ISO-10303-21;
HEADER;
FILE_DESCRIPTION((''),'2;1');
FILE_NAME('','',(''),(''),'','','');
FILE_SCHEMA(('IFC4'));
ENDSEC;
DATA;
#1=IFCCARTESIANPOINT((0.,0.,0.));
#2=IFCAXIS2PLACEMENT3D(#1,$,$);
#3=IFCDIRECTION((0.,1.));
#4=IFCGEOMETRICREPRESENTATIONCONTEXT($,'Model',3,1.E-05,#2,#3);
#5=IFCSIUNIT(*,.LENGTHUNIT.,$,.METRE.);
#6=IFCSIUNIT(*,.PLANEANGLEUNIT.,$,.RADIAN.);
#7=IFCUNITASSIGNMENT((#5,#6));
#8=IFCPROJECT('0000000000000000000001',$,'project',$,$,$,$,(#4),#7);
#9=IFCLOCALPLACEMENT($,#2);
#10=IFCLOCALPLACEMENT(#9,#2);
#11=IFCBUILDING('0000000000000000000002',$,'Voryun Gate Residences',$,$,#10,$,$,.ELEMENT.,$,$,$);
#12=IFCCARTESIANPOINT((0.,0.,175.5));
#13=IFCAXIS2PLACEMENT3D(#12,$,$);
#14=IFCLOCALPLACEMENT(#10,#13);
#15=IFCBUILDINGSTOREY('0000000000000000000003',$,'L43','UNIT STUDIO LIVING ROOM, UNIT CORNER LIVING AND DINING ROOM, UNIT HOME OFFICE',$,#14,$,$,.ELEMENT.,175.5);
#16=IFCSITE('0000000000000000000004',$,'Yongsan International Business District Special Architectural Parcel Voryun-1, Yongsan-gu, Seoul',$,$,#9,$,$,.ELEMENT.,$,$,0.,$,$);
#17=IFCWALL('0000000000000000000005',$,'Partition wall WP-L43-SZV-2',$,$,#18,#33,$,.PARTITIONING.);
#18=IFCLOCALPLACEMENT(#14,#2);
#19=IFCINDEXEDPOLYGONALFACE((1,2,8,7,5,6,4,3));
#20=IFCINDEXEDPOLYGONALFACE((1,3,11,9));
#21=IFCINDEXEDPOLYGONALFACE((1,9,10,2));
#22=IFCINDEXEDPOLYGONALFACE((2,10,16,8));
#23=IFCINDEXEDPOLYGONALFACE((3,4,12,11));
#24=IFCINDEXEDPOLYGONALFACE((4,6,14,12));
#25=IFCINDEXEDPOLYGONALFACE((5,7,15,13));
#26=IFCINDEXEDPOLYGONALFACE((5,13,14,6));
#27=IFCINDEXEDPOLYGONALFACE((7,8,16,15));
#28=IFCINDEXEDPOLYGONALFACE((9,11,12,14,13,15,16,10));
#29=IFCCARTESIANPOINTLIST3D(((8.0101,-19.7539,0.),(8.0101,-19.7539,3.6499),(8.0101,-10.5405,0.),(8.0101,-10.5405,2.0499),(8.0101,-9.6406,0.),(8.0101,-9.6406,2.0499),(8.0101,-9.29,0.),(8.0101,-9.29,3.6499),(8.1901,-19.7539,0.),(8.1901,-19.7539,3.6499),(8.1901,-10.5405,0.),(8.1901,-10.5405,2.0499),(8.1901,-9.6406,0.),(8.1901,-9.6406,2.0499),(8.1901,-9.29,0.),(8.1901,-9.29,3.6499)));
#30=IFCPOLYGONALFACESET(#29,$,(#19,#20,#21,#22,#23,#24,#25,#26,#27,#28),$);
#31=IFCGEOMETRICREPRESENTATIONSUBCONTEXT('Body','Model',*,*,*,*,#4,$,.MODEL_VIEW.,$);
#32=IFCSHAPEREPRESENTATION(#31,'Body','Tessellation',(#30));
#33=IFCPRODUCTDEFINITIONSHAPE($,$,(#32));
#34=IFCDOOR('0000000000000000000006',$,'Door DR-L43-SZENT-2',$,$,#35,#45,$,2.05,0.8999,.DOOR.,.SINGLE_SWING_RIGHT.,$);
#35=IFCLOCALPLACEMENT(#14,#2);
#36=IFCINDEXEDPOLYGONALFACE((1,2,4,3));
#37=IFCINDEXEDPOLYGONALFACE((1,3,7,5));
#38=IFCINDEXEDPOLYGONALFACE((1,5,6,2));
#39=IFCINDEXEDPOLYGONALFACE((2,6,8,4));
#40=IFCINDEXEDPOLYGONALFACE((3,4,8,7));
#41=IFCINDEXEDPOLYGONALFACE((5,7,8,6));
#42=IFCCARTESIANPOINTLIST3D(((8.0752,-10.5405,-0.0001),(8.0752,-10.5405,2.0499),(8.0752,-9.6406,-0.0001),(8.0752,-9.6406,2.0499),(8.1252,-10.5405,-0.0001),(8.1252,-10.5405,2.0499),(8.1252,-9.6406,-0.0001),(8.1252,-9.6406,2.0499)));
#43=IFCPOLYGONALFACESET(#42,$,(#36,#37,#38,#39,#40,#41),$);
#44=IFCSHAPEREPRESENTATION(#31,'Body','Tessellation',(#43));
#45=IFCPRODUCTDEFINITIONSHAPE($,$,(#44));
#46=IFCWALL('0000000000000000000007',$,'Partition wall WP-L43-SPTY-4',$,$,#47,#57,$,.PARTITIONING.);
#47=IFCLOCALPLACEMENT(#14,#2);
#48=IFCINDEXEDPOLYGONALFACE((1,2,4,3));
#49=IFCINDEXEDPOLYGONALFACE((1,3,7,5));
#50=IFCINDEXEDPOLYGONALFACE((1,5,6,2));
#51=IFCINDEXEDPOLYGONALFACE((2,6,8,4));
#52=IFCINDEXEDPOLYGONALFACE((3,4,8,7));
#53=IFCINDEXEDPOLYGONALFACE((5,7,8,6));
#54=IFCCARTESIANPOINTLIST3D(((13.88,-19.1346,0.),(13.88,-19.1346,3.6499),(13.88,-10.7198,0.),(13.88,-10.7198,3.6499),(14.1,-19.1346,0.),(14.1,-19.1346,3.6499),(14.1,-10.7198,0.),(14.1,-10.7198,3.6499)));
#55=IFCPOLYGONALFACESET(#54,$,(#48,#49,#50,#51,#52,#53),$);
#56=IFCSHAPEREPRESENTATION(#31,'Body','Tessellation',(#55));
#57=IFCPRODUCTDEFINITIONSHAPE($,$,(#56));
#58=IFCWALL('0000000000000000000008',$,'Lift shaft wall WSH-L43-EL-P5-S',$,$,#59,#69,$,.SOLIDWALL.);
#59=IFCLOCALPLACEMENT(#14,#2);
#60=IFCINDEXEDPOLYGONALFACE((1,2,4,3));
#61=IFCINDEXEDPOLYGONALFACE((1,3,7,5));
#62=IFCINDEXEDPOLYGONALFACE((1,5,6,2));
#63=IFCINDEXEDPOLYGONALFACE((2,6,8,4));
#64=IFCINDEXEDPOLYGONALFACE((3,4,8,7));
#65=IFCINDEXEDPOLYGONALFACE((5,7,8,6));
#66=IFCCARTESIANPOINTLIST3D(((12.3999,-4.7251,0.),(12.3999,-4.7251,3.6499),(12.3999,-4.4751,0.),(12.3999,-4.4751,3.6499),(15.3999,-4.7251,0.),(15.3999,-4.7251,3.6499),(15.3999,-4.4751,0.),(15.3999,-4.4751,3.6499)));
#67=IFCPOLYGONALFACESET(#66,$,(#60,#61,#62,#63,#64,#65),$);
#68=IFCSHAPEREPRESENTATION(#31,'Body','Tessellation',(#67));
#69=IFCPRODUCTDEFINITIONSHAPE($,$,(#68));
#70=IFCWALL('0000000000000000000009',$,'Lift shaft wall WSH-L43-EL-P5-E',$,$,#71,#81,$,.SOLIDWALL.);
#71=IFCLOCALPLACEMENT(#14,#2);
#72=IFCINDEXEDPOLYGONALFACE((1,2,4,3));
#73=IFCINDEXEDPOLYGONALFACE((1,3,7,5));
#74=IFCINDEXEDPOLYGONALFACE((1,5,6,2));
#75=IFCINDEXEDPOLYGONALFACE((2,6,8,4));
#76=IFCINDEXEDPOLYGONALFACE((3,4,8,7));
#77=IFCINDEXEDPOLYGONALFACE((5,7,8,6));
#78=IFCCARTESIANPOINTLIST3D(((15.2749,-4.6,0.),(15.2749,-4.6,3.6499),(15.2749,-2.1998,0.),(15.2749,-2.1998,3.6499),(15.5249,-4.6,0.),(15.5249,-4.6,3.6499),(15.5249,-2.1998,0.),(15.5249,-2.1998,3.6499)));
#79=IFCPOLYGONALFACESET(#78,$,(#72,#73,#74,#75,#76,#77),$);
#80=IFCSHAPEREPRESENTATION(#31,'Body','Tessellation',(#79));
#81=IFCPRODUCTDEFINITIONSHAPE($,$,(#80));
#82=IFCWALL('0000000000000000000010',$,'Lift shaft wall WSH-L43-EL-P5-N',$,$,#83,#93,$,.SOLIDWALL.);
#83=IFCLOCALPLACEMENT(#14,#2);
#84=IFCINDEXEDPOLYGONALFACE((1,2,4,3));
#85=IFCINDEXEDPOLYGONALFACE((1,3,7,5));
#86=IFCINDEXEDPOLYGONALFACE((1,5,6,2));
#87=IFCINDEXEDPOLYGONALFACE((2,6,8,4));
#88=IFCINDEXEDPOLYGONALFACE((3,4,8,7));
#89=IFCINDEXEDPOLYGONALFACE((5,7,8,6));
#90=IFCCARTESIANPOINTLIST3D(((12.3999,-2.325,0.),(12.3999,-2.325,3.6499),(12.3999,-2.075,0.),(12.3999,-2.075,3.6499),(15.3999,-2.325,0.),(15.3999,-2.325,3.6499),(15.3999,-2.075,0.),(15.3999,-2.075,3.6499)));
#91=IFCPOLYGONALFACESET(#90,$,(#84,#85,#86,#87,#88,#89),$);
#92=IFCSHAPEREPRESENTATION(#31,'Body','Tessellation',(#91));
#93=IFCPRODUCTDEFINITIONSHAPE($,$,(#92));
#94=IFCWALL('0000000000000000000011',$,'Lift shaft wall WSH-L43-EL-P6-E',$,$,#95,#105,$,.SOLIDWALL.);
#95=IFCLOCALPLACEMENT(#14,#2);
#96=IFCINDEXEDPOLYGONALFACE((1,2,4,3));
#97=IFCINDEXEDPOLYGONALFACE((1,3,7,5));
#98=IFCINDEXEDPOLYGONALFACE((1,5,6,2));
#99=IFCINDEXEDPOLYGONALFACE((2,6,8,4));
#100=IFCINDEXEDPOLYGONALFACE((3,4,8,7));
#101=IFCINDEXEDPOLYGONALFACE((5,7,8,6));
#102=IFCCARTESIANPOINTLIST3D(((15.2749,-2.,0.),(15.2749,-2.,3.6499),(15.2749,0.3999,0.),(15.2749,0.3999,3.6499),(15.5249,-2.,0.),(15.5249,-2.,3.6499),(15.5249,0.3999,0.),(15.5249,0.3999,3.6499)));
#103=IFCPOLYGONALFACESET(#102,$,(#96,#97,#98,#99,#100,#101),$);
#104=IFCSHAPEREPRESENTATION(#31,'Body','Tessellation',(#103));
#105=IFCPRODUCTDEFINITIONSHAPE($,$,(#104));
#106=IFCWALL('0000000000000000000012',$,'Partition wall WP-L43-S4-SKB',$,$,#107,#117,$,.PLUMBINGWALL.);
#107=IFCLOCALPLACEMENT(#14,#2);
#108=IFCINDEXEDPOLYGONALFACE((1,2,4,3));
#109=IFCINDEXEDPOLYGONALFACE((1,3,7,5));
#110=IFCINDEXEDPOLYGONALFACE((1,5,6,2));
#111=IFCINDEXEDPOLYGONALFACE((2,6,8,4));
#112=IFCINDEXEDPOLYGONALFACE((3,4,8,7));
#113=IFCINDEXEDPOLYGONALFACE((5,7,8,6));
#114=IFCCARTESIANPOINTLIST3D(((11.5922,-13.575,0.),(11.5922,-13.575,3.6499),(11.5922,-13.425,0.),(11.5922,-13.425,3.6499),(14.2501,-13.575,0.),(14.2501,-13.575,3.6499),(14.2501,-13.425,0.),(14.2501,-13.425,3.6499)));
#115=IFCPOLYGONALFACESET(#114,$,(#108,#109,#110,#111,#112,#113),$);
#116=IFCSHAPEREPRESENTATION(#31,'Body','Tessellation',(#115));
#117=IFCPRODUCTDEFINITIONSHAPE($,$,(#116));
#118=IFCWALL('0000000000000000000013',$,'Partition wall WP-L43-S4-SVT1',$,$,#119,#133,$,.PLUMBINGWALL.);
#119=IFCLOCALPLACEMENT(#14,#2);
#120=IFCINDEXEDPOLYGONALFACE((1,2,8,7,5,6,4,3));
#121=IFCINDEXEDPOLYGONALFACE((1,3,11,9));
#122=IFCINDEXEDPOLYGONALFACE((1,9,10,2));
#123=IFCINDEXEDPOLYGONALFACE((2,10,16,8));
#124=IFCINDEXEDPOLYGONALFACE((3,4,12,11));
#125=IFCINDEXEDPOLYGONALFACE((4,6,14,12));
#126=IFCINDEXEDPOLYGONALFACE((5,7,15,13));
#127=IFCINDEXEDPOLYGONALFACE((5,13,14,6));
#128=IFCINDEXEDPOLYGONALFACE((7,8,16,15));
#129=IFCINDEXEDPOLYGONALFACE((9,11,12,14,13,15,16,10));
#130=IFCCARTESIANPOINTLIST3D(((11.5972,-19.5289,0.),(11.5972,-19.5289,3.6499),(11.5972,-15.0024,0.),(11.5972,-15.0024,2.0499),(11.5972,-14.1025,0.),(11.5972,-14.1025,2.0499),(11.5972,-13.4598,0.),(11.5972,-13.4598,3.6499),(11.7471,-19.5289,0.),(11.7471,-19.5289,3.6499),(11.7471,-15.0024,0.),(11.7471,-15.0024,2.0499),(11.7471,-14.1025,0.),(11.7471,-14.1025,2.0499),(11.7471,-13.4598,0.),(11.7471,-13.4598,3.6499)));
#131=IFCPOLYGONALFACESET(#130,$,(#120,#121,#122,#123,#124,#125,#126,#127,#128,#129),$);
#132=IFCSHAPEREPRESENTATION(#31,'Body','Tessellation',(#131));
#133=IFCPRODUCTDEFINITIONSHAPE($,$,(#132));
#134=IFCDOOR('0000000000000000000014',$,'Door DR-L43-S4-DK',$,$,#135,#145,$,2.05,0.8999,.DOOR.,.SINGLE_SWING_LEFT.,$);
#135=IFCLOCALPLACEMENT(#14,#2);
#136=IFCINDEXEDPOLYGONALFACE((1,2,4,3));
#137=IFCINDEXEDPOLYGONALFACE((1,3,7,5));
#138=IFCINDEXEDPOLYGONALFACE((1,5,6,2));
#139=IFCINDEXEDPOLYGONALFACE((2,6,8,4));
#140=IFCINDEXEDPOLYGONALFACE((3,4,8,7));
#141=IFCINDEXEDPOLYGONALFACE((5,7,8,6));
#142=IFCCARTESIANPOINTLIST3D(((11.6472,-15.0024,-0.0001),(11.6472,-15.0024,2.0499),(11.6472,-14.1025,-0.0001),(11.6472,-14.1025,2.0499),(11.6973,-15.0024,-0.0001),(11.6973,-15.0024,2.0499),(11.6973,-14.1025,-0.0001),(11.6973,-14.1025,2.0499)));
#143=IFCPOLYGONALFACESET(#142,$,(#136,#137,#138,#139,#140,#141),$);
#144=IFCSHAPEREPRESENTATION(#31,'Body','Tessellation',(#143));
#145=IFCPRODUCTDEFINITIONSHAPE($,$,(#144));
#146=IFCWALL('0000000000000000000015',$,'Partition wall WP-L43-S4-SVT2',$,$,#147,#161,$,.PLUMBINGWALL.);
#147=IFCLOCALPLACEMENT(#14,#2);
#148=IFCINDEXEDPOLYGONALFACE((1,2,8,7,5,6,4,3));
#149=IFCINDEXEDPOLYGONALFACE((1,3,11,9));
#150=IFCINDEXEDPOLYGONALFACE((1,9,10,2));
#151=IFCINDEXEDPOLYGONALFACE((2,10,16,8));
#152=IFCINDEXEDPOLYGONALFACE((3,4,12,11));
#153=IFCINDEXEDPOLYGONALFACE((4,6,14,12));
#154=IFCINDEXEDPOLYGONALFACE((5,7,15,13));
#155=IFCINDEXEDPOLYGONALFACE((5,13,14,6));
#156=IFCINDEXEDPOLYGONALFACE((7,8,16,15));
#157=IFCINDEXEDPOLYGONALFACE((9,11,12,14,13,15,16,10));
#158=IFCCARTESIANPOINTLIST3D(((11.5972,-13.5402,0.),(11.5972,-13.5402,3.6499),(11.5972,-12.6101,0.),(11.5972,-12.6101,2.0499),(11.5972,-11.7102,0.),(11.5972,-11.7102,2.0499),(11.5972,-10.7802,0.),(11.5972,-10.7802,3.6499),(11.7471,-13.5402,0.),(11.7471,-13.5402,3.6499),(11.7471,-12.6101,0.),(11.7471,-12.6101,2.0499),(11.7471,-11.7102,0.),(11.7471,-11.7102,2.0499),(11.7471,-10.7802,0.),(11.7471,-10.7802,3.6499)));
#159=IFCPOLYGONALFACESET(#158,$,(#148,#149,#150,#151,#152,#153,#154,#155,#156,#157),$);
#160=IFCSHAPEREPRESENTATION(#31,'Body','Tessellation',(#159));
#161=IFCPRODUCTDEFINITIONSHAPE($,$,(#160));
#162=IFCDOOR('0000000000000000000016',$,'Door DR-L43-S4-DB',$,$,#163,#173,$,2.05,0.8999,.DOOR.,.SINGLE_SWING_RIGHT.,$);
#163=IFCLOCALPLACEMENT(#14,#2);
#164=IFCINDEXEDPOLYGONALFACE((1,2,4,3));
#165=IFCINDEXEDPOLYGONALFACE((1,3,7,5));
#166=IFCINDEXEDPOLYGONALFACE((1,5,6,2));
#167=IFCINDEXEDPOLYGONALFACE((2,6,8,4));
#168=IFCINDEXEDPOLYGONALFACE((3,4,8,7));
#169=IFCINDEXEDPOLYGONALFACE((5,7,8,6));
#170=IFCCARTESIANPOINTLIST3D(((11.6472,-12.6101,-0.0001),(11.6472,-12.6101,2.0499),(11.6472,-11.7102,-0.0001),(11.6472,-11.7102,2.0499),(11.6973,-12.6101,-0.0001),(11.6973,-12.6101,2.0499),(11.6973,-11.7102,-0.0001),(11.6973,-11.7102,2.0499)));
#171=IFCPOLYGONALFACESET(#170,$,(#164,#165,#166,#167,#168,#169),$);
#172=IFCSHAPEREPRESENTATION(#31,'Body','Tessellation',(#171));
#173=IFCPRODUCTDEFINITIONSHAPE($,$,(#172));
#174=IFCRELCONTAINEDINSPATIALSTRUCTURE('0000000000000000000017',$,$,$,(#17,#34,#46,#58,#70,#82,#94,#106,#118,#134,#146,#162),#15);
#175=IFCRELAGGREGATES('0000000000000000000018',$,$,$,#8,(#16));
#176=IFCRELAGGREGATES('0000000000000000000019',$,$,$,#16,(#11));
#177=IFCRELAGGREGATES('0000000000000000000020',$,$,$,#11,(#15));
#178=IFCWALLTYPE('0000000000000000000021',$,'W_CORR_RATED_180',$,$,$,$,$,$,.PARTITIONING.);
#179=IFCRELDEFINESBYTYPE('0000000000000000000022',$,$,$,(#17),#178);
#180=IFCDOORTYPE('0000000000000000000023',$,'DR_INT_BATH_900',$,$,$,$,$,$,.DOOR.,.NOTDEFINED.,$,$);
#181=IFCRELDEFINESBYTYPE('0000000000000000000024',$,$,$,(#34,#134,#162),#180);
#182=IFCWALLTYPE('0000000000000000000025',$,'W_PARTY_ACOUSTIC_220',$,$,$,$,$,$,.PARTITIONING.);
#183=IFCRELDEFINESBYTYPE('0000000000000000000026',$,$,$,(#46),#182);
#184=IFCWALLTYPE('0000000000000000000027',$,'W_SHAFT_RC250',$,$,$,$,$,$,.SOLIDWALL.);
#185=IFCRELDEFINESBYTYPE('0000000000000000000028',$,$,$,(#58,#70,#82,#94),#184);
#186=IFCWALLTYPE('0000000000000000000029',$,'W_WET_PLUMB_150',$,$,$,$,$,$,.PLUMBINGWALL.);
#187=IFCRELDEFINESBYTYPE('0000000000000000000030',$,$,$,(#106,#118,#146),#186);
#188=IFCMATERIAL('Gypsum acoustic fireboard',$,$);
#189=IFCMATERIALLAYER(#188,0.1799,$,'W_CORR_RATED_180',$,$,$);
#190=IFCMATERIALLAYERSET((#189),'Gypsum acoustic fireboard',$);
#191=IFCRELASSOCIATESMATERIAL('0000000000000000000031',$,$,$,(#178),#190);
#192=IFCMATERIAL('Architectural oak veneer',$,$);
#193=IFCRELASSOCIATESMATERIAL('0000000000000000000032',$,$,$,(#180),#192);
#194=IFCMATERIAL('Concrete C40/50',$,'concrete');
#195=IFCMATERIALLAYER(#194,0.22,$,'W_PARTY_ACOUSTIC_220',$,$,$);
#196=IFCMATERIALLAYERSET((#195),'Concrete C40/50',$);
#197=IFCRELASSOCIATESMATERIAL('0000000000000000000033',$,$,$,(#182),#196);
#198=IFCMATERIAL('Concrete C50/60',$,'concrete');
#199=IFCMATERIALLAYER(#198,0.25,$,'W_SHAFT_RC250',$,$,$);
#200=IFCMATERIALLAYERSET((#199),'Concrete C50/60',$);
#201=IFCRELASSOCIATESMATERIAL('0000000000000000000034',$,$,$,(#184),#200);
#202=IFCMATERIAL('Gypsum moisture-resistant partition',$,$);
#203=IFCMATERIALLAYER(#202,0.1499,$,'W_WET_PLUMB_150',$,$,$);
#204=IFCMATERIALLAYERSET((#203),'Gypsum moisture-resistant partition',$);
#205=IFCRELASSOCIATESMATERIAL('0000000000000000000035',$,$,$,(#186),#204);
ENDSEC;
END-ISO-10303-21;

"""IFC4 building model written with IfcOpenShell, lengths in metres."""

from ifc_helpers import new_model, si_unit, direction, frame, frame_2d, origin, place, context, subcontext, project, spatial, rectangle, extrude, material, layer, layer_set, type_object, element, fill, save


model = new_model("IFC4")

# Units and contexts
model_context = context("Model", 3, precision=1e-05, world=origin(), true_north=direction((0.0, 1.0)))
body_context = subcontext(model_context, "Body", "Model", "MODEL_VIEW")
ifc_project = project(units=[si_unit("LENGTHUNIT", "METRE"), si_unit("PLANEANGLEUNIT", "RADIAN")], contexts=[model_context])

# Site, building, storey
site_placement = place(None, origin())
site = spatial("IfcSite", under=ifc_project, at=site_placement, Name="Yongsan International Business District Special Architectural Parcel Voryun-1, Yongsan-gu, Seoul", CompositionType="ELEMENT", RefElevation=0.0)
building_placement = place(site_placement, origin())
building = spatial("IfcBuilding", under=site, at=building_placement, Name="Voryun Gate Residences", CompositionType="ELEMENT")
storey_placement = place(building_placement, frame((0.0, 0.0, 175.5)))
storey = spatial("IfcBuildingStorey", under=building, at=storey_placement, Name="L43", Description="UNIT STUDIO LIVING ROOM, UNIT CORNER LIVING AND DINING ROOM, UNIT HOME OFFICE", CompositionType="ELEMENT", Elevation=175.5)

# Shared definitions
ifc_material_1 = material(Name="Gypsum acoustic fireboard")
ifc_layer_1 = layer(ifc_material_1, 0.1799, Name="W_CORR_RATED_180")
ifc_layer_set_1 = layer_set([ifc_layer_1], Name="Gypsum acoustic fireboard")
wall_type_1 = type_object("IfcWallType", Name="W_CORR_RATED_180", PredefinedType="PARTITIONING", material=ifc_layer_set_1)

# Wall, opening, door
wall_1_placement = place(storey_placement, frame((8.1001, -19.7539, 0.0), z_axis=(0.0, 0.0, 1.0), x_axis=(0.0, 1.0, 0.0)))
wall_1 = element("IfcWall", 1, at=wall_1_placement, inside=storey, type_object=wall_type_1, Name="Partition wall WP-L43-SZV-2", PredefinedType="PARTITIONING", context=body_context, shape_type="SweptSolid", body=[
    extrude(rectangle(XDim=10.4639, YDim=0.1799, at=frame_2d((5.2319, 0.0))), origin(), (0.0, 0.0, 1.0), 3.6499),
])
opening_1_placement = place(wall_1_placement, frame((9.2134, 0.0, 0.0)))
opening_1 = element("IfcOpeningElement", 2, at=opening_1_placement, cuts=wall_1, PredefinedType="OPENING", context=body_context, shape_type="SweptSolid", body=[
    extrude(rectangle(XDim=0.8999, YDim=2.05, at=frame_2d((0.45, 1.0249))), frame((0.0, 0.0999, 0.0), z_axis=(0.0, -1.0, 0.0), x_axis=(1.0, 0.0, 0.0)), (0.0, 0.0, 1.0), 0.2),
])
ifc_material_2 = material(Name="Architectural oak veneer")
door_type_1 = type_object("IfcDoorType", Name="DR_INT_BATH_900", OperationType="NOTDEFINED", PredefinedType="DOOR", material=ifc_material_2)
door_1_placement = place(opening_1_placement, origin())
door_1 = element("IfcDoor", 3, at=door_1_placement, inside=storey, type_object=door_type_1, Name="Door DR-L43-SZENT-2", OperationType="SINGLE_SWING_RIGHT", OverallHeight=2.05, OverallWidth=0.8999, PredefinedType="DOOR", context=body_context, shape_type="SweptSolid", body=[
    extrude(rectangle(XDim=0.8999, YDim=2.05, at=frame_2d((0.45, 1.0249))), frame((0.0, 0.0249, 0.0), z_axis=(0.0, -1.0, 0.0), x_axis=(1.0, 0.0, 0.0)), (0.0, 0.0, 1.0), 0.05),
])
fill(opening_1, door_1)

# Walls
ifc_material_3 = material(Name="Concrete C40/50", Category="concrete")
ifc_layer_2 = layer(ifc_material_3, 0.22, Name="W_PARTY_ACOUSTIC_220")
ifc_layer_set_2 = layer_set([ifc_layer_2], Name="Concrete C40/50")
wall_type_2 = type_object("IfcWallType", Name="W_PARTY_ACOUSTIC_220", PredefinedType="PARTITIONING", material=ifc_layer_set_2)
wall_2_placement = place(storey_placement, frame((13.99, -19.1348, 0.0), z_axis=(0.0, 0.0, 1.0), x_axis=(0.0, 1.0, 0.0)))
element("IfcWall", 4, at=wall_2_placement, inside=storey, type_object=wall_type_2, Name="Partition wall WP-L43-SPTY-4", PredefinedType="PARTITIONING", context=body_context, shape_type="SweptSolid", body=[
    extrude(rectangle(XDim=8.4148, YDim=0.22, at=frame_2d((4.2075, 0.0))), origin(), (0.0, 0.0, 1.0), 3.6499),
])
ifc_material_4 = material(Name="Concrete C50/60", Category="concrete")
ifc_layer_3 = layer(ifc_material_4, 0.25, Name="W_SHAFT_RC250")
ifc_layer_set_3 = layer_set([ifc_layer_3], Name="Concrete C50/60")
wall_type_3 = type_object("IfcWallType", Name="W_SHAFT_RC250", PredefinedType="SOLIDWALL", material=ifc_layer_set_3)
wall_3_placement = place(storey_placement, frame((12.3999, -4.6001, 0.0), z_axis=(0.0, 0.0, 1.0), x_axis=(1.0, 0.0, 0.0)))
element("IfcWall", 5, at=wall_3_placement, inside=storey, type_object=wall_type_3, Name="Lift shaft wall WSH-L43-EL-P5-S", PredefinedType="SOLIDWALL", context=body_context, shape_type="SweptSolid", body=[
    extrude(rectangle(XDim=3.0, YDim=0.25, at=frame_2d((1.5, 0.0))), origin(), (0.0, 0.0, 1.0), 3.6499),
])
wall_4_placement = place(storey_placement, frame((15.3999, -4.6001, 0.0), z_axis=(0.0, 0.0, 1.0), x_axis=(0.0, 1.0, 0.0)))
element("IfcWall", 6, at=wall_4_placement, inside=storey, type_object=wall_type_3, Name="Lift shaft wall WSH-L43-EL-P5-E", PredefinedType="SOLIDWALL", context=body_context, shape_type="SweptSolid", body=[
    extrude(rectangle(XDim=2.4001, YDim=0.25, at=frame_2d((1.2002, 0.0))), origin(), (0.0, 0.0, 1.0), 3.6499),
])
wall_5_placement = place(storey_placement, frame((15.3999, -2.2, 0.0), z_axis=(0.0, 0.0, 1.0), x_axis=(-1.0, 0.0, 0.0)))
element("IfcWall", 7, at=wall_5_placement, inside=storey, type_object=wall_type_3, Name="Lift shaft wall WSH-L43-EL-P5-N", PredefinedType="SOLIDWALL", context=body_context, shape_type="SweptSolid", body=[
    extrude(rectangle(XDim=3.0, YDim=0.25, at=frame_2d((1.5, 0.0))), origin(), (0.0, 0.0, 1.0), 3.6499),
])
wall_6_placement = place(storey_placement, frame((15.3999, -2.0, 0.0), z_axis=(0.0, 0.0, 1.0), x_axis=(0.0, 1.0, 0.0)))
element("IfcWall", 8, at=wall_6_placement, inside=storey, type_object=wall_type_3, Name="Lift shaft wall WSH-L43-EL-P6-E", PredefinedType="SOLIDWALL", context=body_context, shape_type="SweptSolid", body=[
    extrude(rectangle(XDim=2.3999, YDim=0.25, at=frame_2d((1.2, 0.0))), origin(), (0.0, 0.0, 1.0), 3.6499),
])
ifc_material_5 = material(Name="Gypsum moisture-resistant partition")
ifc_layer_4 = layer(ifc_material_5, 0.1499, Name="W_WET_PLUMB_150")
ifc_layer_set_4 = layer_set([ifc_layer_4], Name="Gypsum moisture-resistant partition")
wall_type_4 = type_object("IfcWallType", Name="W_WET_PLUMB_150", PredefinedType="PLUMBINGWALL", material=ifc_layer_set_4)
wall_7_placement = place(storey_placement, frame((11.592, -13.5, 0.0), z_axis=(0.0, 0.0, 1.0), x_axis=(1.0, 0.0, 0.0)))
element("IfcWall", 9, at=wall_7_placement, inside=storey, type_object=wall_type_4, Name="Partition wall WP-L43-S4-SKB", PredefinedType="PLUMBINGWALL", context=body_context, shape_type="SweptSolid", body=[
    extrude(rectangle(XDim=2.658, YDim=0.1499, at=frame_2d((1.3291, 0.0))), origin(), (0.0, 0.0, 1.0), 3.6499),
])

# Walls, openings, doors
wall_8_placement = place(storey_placement, frame((11.6721, -19.5291, 0.0), z_axis=(0.0, 0.0, 1.0), x_axis=(0.0, 1.0, 0.0)))
wall_8 = element("IfcWall", 10, at=wall_8_placement, inside=storey, type_object=wall_type_4, Name="Partition wall WP-L43-S4-SVT1", PredefinedType="PLUMBINGWALL", context=body_context, shape_type="SweptSolid", body=[
    extrude(rectangle(XDim=6.0691, YDim=0.1499, at=frame_2d((3.0347, 0.0))), origin(), (0.0, 0.0, 1.0), 3.6499),
])
opening_2_placement = place(wall_8_placement, frame((4.5266, 0.0, 0.0)))
opening_2 = element("IfcOpeningElement", 11, at=opening_2_placement, cuts=wall_8, PredefinedType="OPENING", context=body_context, shape_type="SweptSolid", body=[
    extrude(rectangle(XDim=0.8999, YDim=2.05, at=frame_2d((0.45, 1.0249))), frame((0.0, 0.085, 0.0), z_axis=(0.0, -1.0, 0.0), x_axis=(1.0, 0.0, 0.0)), (0.0, 0.0, 1.0), 0.1699),
])
door_2_placement = place(opening_2_placement, origin())
door_2 = element("IfcDoor", 12, at=door_2_placement, inside=storey, type_object=door_type_1, Name="Door DR-L43-S4-DK", OperationType="SINGLE_SWING_LEFT", OverallHeight=2.05, OverallWidth=0.8999, PredefinedType="DOOR", context=body_context, shape_type="SweptSolid", body=[
    extrude(rectangle(XDim=0.8999, YDim=2.05, at=frame_2d((0.45, 1.0249))), frame((0.0, 0.0249, 0.0), z_axis=(0.0, -1.0, 0.0), x_axis=(1.0, 0.0, 0.0)), (0.0, 0.0, 1.0), 0.05),
])
fill(opening_2, door_2)
wall_9_placement = place(storey_placement, frame((11.6721, -13.54, 0.0), z_axis=(0.0, 0.0, 1.0), x_axis=(0.0, 1.0, 0.0)))
wall_9 = element("IfcWall", 13, at=wall_9_placement, inside=storey, type_object=wall_type_4, Name="Partition wall WP-L43-S4-SVT2", PredefinedType="PLUMBINGWALL", context=body_context, shape_type="SweptSolid", body=[
    extrude(rectangle(XDim=2.76, YDim=0.1499, at=frame_2d((1.3799, 0.0))), origin(), (0.0, 0.0, 1.0), 3.6499),
])
opening_3_placement = place(wall_9_placement, frame((0.9299, 0.0, 0.0)))
opening_3 = element("IfcOpeningElement", 14, at=opening_3_placement, cuts=wall_9, PredefinedType="OPENING", context=body_context, shape_type="SweptSolid", body=[
    extrude(rectangle(XDim=0.8999, YDim=2.05, at=frame_2d((0.45, 1.0249))), frame((0.0, 0.085, 0.0), z_axis=(0.0, -1.0, 0.0), x_axis=(1.0, 0.0, 0.0)), (0.0, 0.0, 1.0), 0.1699),
])
door_3_placement = place(opening_3_placement, origin())
door_3 = element("IfcDoor", 15, at=door_3_placement, inside=storey, type_object=door_type_1, Name="Door DR-L43-S4-DB", OperationType="SINGLE_SWING_RIGHT", OverallHeight=2.05, OverallWidth=0.8999, PredefinedType="DOOR", context=body_context, shape_type="SweptSolid", body=[
    extrude(rectangle(XDim=0.8999, YDim=2.05, at=frame_2d((0.45, 1.0249))), frame((0.0, 0.0249, 0.0), z_axis=(0.0, -1.0, 0.0), x_axis=(1.0, 0.0, 0.0)), (0.0, 0.0, 1.0), 0.05),
])
fill(opening_3, door_3)

save(model, "model.ifc")
